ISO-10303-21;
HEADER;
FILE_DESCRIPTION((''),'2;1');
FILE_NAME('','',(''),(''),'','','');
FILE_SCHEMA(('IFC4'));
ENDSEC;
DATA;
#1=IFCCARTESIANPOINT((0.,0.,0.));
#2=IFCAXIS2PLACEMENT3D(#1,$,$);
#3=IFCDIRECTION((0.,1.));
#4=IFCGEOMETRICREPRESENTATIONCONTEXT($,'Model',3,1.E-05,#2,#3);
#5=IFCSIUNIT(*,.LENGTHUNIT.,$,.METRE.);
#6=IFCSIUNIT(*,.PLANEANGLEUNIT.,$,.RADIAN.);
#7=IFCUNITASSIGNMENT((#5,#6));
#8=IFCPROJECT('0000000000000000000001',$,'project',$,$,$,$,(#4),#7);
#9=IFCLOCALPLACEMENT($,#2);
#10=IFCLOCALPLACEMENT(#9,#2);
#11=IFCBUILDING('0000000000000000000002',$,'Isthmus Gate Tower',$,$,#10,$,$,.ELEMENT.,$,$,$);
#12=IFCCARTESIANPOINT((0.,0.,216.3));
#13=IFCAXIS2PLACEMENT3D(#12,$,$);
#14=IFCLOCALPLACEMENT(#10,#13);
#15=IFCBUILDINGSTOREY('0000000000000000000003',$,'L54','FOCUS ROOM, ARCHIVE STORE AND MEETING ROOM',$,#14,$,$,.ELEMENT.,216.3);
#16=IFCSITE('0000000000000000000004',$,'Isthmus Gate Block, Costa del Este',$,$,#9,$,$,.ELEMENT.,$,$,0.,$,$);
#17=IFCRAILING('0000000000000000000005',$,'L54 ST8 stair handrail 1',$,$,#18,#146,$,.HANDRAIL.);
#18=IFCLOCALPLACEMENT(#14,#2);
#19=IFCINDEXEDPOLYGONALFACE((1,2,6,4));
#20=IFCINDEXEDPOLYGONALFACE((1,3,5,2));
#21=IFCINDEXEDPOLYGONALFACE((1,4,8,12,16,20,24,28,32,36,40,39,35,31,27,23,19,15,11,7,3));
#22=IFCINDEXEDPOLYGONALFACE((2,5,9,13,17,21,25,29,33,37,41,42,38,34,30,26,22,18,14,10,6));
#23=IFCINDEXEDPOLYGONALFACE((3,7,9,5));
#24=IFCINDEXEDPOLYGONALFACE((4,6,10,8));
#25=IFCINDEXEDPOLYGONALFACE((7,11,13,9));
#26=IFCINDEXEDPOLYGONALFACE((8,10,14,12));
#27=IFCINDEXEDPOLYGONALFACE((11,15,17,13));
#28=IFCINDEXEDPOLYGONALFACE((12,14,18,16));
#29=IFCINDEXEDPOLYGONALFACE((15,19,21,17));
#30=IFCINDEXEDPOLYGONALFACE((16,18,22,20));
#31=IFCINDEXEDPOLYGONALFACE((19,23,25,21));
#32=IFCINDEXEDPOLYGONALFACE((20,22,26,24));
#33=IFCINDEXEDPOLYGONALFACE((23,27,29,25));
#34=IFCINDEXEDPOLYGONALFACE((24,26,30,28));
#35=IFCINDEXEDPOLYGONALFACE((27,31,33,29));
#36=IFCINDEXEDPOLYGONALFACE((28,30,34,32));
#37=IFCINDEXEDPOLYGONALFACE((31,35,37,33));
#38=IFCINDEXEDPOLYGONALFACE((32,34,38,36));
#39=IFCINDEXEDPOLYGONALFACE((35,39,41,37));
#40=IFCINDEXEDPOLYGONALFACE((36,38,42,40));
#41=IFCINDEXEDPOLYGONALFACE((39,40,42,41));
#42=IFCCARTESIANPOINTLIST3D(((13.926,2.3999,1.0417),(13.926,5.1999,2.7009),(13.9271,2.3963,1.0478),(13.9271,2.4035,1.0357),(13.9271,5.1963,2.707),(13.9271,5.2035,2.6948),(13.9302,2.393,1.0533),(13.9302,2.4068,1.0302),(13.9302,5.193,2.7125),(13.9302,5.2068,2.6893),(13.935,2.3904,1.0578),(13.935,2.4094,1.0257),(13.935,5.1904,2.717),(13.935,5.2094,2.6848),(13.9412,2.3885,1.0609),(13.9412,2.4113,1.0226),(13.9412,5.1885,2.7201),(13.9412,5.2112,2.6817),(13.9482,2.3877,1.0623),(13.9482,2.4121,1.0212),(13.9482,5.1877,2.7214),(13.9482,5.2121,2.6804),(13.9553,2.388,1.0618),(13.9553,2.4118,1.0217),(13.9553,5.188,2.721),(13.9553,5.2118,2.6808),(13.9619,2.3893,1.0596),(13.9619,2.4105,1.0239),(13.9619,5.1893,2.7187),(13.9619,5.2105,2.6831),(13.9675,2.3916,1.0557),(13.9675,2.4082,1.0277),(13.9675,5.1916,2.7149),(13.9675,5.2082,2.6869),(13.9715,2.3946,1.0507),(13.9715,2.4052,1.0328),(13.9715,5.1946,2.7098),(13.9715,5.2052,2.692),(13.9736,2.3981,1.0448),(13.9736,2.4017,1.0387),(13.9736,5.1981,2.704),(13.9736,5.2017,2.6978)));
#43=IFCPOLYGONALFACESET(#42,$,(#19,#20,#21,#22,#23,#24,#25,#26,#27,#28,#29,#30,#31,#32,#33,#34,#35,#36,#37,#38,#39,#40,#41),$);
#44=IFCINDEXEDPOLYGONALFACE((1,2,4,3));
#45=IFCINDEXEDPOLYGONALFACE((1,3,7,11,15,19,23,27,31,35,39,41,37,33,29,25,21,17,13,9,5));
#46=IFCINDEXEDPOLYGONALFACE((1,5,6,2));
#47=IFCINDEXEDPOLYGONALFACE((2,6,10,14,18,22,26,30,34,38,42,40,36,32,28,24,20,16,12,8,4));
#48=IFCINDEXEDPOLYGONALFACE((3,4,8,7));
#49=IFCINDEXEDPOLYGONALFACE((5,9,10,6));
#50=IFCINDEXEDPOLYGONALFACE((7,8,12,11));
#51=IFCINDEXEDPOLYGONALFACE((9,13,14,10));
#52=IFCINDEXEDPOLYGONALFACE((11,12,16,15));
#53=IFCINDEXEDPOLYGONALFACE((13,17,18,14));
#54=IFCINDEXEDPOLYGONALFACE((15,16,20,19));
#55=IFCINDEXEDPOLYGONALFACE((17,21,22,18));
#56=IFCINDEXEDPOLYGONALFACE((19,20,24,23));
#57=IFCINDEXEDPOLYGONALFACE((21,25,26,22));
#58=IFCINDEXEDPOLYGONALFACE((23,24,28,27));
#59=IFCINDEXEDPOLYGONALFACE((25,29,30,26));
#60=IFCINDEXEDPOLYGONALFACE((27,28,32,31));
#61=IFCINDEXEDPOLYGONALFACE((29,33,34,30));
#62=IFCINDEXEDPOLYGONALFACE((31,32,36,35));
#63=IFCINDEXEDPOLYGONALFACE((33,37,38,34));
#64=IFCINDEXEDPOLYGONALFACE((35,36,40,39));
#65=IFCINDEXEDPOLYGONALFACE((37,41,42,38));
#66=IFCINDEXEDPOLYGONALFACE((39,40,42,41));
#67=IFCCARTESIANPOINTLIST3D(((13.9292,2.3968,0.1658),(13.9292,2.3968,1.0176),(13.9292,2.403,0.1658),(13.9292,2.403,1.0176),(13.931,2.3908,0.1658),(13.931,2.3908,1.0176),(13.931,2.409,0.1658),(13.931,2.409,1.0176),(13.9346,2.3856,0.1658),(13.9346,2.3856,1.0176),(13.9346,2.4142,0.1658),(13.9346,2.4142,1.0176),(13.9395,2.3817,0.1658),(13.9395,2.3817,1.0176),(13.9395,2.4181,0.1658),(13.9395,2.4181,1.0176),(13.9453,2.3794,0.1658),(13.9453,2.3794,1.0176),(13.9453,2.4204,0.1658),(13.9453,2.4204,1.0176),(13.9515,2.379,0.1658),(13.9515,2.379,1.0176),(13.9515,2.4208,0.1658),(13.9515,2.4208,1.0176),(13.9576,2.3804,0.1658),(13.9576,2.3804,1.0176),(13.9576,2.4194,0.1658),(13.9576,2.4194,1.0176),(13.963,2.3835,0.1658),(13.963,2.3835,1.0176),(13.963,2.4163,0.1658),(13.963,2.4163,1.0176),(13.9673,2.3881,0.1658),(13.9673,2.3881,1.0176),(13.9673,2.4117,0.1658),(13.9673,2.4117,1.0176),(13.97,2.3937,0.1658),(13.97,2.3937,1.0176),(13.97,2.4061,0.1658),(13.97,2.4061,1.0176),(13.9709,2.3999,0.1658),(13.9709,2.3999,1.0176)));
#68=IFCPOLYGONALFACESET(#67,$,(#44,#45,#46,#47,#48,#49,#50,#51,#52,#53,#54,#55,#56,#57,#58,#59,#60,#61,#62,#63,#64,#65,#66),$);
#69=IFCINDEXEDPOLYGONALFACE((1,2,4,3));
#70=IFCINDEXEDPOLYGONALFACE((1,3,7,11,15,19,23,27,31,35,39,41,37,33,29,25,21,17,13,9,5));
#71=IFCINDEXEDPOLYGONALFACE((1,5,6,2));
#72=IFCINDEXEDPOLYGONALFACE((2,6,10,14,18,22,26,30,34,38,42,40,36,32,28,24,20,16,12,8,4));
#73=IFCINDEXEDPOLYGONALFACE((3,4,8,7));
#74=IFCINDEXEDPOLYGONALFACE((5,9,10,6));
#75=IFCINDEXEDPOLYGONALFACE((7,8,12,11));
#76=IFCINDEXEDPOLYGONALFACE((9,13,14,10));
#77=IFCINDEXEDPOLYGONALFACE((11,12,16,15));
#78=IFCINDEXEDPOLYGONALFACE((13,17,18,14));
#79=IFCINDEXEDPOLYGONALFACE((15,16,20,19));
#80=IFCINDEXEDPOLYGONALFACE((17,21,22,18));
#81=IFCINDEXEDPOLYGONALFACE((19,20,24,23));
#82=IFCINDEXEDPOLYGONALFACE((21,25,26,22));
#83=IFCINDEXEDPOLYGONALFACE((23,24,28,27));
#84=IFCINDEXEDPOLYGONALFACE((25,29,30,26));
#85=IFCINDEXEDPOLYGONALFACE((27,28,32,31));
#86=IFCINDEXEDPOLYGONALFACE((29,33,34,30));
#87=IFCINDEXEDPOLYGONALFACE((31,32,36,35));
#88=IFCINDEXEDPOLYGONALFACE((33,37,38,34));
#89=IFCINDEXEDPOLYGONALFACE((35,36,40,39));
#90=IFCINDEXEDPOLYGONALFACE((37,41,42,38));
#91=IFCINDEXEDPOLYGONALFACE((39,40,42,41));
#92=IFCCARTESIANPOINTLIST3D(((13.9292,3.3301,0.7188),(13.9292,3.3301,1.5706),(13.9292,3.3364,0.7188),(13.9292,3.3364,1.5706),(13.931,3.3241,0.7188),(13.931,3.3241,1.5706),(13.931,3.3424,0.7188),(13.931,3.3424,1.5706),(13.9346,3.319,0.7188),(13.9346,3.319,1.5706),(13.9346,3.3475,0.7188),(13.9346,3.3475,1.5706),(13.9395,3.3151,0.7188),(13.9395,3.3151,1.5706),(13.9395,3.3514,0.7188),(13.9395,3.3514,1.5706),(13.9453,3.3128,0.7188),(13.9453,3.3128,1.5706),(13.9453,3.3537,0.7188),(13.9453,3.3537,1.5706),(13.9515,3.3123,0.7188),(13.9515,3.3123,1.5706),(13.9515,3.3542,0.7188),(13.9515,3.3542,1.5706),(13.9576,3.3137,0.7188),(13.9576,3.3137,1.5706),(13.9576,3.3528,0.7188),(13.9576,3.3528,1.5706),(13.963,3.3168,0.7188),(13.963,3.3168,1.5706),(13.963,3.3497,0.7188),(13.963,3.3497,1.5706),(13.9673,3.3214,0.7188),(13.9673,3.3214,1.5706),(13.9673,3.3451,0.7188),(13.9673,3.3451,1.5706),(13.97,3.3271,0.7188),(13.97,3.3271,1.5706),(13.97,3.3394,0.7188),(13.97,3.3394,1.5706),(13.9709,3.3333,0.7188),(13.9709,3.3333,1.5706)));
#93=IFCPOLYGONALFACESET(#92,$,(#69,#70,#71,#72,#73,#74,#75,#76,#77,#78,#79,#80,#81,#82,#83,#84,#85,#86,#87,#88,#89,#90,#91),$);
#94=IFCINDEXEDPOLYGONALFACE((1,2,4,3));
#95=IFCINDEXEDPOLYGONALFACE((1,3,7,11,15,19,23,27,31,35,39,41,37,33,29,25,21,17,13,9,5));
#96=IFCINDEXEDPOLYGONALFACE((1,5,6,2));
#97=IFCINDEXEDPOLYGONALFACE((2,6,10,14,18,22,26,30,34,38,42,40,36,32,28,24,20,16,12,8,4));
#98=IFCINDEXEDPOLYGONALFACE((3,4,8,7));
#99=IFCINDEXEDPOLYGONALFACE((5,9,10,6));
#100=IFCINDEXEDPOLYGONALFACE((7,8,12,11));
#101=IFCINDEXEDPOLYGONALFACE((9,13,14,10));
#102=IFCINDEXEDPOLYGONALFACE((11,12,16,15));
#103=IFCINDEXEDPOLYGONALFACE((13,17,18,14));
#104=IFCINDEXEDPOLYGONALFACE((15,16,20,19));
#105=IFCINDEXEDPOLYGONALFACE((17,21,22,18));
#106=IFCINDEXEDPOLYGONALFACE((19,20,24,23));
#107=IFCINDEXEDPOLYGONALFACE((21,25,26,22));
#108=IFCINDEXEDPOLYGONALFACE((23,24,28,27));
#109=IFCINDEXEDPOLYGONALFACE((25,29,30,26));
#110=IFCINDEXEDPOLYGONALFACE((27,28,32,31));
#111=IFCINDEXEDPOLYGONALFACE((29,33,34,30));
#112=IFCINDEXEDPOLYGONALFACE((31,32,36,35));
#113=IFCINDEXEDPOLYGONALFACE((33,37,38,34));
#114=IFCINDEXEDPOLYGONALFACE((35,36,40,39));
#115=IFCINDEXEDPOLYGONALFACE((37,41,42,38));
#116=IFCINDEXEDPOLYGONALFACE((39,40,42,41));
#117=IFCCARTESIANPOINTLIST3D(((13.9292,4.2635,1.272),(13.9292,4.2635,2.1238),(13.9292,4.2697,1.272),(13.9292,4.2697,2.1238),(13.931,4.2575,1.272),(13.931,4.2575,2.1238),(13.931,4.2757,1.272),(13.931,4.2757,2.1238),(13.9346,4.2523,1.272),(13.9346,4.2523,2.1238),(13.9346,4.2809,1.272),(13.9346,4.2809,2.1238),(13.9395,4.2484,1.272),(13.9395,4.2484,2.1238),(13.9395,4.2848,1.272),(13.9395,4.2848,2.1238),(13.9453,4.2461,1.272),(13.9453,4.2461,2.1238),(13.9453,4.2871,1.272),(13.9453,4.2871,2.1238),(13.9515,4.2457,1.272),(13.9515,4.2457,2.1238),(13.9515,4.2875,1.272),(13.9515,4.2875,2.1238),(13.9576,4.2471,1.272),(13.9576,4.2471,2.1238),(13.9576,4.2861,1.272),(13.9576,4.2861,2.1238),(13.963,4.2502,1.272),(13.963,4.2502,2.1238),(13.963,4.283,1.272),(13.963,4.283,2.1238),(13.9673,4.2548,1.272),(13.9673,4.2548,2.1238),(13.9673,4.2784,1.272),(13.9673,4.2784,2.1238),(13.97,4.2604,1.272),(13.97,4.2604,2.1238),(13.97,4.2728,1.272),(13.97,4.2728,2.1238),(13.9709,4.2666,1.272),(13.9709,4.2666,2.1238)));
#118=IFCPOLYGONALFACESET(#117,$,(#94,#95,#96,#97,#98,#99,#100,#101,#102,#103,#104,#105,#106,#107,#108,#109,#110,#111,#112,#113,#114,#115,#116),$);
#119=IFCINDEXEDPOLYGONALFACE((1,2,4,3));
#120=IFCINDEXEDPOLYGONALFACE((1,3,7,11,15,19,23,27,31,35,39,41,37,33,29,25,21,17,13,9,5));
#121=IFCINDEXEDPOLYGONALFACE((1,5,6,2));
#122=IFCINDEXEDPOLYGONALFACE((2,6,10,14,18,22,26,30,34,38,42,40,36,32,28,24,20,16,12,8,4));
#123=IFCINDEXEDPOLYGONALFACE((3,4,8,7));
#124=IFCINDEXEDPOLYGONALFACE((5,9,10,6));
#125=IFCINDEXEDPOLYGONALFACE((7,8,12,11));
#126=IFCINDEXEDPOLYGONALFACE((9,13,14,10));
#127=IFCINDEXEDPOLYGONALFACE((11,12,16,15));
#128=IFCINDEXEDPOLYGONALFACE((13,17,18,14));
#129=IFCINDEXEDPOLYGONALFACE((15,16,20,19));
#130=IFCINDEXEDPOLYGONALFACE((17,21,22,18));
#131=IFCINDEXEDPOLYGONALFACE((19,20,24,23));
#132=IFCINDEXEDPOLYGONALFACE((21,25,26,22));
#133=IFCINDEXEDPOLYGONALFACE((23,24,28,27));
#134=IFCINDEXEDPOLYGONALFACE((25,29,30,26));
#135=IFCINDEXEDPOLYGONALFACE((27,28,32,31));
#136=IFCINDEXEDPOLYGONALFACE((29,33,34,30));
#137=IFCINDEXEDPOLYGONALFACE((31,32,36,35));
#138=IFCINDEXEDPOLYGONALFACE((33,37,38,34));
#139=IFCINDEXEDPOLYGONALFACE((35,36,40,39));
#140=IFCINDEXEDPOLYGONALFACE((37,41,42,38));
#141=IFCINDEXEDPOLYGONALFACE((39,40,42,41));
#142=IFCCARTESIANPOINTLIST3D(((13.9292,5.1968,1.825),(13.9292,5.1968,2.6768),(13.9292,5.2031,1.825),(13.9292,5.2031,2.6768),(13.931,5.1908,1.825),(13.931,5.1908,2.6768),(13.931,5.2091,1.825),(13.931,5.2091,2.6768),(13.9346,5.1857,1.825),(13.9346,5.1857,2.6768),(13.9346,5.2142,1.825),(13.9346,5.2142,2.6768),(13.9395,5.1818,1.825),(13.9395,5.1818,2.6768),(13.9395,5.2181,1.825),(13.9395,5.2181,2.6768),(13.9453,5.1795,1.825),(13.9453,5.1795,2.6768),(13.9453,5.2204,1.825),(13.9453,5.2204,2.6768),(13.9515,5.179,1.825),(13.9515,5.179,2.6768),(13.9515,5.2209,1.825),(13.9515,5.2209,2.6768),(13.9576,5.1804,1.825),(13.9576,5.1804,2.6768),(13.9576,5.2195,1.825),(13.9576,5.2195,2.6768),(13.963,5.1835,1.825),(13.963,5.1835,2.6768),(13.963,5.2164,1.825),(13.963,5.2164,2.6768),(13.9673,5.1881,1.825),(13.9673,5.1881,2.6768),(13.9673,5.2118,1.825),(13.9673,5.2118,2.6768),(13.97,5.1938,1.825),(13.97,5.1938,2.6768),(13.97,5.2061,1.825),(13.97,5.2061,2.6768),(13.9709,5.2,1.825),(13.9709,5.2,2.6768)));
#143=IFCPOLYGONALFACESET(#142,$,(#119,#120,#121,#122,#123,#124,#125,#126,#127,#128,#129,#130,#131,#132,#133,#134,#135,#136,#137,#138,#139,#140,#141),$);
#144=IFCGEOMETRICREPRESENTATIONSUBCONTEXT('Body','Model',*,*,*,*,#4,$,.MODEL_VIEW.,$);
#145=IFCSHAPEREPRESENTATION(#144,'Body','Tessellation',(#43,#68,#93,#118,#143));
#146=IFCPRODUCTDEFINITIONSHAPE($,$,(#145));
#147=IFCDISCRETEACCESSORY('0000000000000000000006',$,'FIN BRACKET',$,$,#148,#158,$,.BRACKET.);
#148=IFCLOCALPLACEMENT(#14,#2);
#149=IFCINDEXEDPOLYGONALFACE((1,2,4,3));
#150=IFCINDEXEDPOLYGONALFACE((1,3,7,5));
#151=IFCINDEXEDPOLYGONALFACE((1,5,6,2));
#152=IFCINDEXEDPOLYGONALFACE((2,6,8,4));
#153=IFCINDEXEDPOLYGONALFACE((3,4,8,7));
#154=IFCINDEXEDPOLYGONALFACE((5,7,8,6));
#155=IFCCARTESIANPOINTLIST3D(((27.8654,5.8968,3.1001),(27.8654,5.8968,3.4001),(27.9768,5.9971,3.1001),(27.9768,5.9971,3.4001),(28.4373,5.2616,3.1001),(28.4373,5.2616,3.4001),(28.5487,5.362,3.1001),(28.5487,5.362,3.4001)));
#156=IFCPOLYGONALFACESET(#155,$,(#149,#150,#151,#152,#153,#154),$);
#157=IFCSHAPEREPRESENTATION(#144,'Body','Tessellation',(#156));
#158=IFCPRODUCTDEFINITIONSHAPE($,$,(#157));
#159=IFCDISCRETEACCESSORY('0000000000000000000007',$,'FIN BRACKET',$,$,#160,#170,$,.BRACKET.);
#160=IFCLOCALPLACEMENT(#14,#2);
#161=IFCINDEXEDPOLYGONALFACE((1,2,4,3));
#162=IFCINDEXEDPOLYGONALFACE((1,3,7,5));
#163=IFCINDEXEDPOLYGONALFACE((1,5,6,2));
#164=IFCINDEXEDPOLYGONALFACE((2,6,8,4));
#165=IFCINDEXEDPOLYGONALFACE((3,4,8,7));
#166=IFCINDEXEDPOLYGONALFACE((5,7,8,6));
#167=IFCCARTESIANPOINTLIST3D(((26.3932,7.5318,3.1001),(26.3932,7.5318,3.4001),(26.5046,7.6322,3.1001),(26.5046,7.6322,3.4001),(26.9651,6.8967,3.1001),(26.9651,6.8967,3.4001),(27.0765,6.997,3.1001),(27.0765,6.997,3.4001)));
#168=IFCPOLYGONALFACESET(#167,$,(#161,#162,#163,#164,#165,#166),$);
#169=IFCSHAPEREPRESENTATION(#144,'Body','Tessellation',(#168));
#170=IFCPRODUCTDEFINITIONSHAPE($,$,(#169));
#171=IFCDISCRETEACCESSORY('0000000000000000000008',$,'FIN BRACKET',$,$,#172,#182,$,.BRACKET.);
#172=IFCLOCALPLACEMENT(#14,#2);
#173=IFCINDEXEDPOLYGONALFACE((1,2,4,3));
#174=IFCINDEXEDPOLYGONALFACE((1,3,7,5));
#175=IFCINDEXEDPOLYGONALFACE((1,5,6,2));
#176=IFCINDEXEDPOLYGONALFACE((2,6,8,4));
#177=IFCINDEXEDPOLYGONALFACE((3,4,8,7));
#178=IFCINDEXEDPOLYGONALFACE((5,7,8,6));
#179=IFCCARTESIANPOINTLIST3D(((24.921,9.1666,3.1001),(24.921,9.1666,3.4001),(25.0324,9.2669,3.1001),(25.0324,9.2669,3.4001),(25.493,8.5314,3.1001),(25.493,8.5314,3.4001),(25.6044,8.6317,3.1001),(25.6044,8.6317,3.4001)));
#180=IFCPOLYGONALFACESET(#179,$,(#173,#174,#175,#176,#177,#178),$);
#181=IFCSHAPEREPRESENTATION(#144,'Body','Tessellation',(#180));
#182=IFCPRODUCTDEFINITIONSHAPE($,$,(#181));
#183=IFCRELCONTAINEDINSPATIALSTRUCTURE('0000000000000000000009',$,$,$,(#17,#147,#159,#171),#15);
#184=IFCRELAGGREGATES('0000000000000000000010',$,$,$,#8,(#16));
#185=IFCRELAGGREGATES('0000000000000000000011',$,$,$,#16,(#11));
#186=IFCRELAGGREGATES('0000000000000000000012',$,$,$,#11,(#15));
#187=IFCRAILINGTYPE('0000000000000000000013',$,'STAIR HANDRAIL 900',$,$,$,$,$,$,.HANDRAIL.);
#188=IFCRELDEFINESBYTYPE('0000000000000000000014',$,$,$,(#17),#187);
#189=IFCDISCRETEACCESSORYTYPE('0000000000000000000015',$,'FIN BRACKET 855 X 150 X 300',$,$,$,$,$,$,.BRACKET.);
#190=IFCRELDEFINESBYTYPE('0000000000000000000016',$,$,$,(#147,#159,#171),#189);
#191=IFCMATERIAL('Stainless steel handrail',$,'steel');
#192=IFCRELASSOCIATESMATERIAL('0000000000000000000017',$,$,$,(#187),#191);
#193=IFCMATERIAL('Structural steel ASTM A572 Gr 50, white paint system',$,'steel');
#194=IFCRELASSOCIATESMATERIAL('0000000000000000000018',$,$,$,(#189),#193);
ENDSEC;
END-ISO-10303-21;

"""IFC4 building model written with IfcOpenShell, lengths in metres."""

from ifc_helpers import new_model, si_unit, direction, frame, origin, origin_2d, place, context, subcontext, project, spatial, rectangle, circle, extrude, material, type_object, element, save


model = new_model("IFC4")

# Units and contexts
model_context = context("Model", 3, precision=1e-05, world=origin(), true_north=direction((0.0, 1.0)))
body_context = subcontext(model_context, "Body", "Model", "MODEL_VIEW")
ifc_project = project(units=[si_unit("LENGTHUNIT", "METRE"), si_unit("PLANEANGLEUNIT", "RADIAN")], contexts=[model_context])

# Site, building, storey
site_placement = place(None, origin())
site = spatial("IfcSite", under=ifc_project, at=site_placement, Name="Isthmus Gate Block, Costa del Este", CompositionType="ELEMENT", RefElevation=0.0)
building_placement = place(site_placement, origin())
building = spatial("IfcBuilding", under=site, at=building_placement, Name="Isthmus Gate Tower", CompositionType="ELEMENT")
storey_placement = place(building_placement, frame((0.0, 0.0, 216.3)))
storey = spatial("IfcBuildingStorey", under=building, at=storey_placement, Name="L54", Description="FOCUS ROOM, ARCHIVE STORE AND MEETING ROOM", CompositionType="ELEMENT", Elevation=216.3)

# Railing
ifc_material_1 = material(Name="Stainless steel handrail", Category="steel")
railing_type_1 = type_object("IfcRailingType", Name="STAIR HANDRAIL 900", PredefinedType="HANDRAIL", material=ifc_material_1)
railing_1_placement = place(storey_placement, frame((13.95, 2.3999, 0.1658)))
element("IfcRailing", 1, at=railing_1_placement, inside=storey, type_object=railing_type_1, Name="L54 ST8 stair handrail 1", PredefinedType="HANDRAIL", context=body_context, shape_type="SweptSolid", body=[
    extrude(circle(Radius=0.0239, at=origin_2d()), frame((0.0, 0.0, 0.876), z_axis=(0.0, 0.860306, 0.509778), x_axis=(-1.0, 0.0, 0.0)), (0.0, 0.0, 1.0), 3.2546),
    extrude(circle(Radius=0.021, at=origin_2d()), origin(), (0.0, 0.0, 1.0), 0.8518),
    extrude(circle(Radius=0.021, at=origin_2d()), frame((0.0, 0.9333, 0.553)), (0.0, 0.0, 1.0), 0.8518),
    extrude(circle(Radius=0.021, at=origin_2d()), frame((0.0, 1.8667, 1.1062)), (0.0, 0.0, 1.0), 0.8518),
    extrude(circle(Radius=0.021, at=origin_2d()), frame((0.0, 2.8, 1.6592)), (0.0, 0.0, 1.0), 0.8518),
])

# Discrete accessories
ifc_material_2 = material(Name="Structural steel ASTM A572 Gr 50, white paint system", Category="steel")
discrete_accessory_type = type_object("IfcDiscreteAccessoryType", Name="FIN BRACKET 855 X 150 X 300", PredefinedType="BRACKET", material=ifc_material_2)
for number, where, z_axis, x_axis, name in (
    (2, (28.207, 5.6294, 3.1001), (0.0, 0.0, 1.0), (0.743145, 0.669131, 0.0), "FIN BRACKET"),
    (3, (26.7349, 7.2644, 3.1001), (0.0, 0.0, 1.0), (0.743145, 0.669131, 0.0), "FIN BRACKET"),
    (4, (25.2627, 8.8992, 3.1001), (0.0, 0.0, 1.0), (0.743145, 0.669131, 0.0), "FIN BRACKET"),
):
    element("IfcDiscreteAccessory", number, at=place(storey_placement, frame(where, z_axis=z_axis, x_axis=x_axis)), inside=storey, type_object=discrete_accessory_type, Name=name, PredefinedType="BRACKET", context=body_context, shape_type="SweptSolid", body=[
        extrude(rectangle(XDim=0.1499, YDim=0.8547, at=origin_2d()), origin(), (0.0, 0.0, 1.0), 0.3),
    ])

save(model, "model.ifc")
